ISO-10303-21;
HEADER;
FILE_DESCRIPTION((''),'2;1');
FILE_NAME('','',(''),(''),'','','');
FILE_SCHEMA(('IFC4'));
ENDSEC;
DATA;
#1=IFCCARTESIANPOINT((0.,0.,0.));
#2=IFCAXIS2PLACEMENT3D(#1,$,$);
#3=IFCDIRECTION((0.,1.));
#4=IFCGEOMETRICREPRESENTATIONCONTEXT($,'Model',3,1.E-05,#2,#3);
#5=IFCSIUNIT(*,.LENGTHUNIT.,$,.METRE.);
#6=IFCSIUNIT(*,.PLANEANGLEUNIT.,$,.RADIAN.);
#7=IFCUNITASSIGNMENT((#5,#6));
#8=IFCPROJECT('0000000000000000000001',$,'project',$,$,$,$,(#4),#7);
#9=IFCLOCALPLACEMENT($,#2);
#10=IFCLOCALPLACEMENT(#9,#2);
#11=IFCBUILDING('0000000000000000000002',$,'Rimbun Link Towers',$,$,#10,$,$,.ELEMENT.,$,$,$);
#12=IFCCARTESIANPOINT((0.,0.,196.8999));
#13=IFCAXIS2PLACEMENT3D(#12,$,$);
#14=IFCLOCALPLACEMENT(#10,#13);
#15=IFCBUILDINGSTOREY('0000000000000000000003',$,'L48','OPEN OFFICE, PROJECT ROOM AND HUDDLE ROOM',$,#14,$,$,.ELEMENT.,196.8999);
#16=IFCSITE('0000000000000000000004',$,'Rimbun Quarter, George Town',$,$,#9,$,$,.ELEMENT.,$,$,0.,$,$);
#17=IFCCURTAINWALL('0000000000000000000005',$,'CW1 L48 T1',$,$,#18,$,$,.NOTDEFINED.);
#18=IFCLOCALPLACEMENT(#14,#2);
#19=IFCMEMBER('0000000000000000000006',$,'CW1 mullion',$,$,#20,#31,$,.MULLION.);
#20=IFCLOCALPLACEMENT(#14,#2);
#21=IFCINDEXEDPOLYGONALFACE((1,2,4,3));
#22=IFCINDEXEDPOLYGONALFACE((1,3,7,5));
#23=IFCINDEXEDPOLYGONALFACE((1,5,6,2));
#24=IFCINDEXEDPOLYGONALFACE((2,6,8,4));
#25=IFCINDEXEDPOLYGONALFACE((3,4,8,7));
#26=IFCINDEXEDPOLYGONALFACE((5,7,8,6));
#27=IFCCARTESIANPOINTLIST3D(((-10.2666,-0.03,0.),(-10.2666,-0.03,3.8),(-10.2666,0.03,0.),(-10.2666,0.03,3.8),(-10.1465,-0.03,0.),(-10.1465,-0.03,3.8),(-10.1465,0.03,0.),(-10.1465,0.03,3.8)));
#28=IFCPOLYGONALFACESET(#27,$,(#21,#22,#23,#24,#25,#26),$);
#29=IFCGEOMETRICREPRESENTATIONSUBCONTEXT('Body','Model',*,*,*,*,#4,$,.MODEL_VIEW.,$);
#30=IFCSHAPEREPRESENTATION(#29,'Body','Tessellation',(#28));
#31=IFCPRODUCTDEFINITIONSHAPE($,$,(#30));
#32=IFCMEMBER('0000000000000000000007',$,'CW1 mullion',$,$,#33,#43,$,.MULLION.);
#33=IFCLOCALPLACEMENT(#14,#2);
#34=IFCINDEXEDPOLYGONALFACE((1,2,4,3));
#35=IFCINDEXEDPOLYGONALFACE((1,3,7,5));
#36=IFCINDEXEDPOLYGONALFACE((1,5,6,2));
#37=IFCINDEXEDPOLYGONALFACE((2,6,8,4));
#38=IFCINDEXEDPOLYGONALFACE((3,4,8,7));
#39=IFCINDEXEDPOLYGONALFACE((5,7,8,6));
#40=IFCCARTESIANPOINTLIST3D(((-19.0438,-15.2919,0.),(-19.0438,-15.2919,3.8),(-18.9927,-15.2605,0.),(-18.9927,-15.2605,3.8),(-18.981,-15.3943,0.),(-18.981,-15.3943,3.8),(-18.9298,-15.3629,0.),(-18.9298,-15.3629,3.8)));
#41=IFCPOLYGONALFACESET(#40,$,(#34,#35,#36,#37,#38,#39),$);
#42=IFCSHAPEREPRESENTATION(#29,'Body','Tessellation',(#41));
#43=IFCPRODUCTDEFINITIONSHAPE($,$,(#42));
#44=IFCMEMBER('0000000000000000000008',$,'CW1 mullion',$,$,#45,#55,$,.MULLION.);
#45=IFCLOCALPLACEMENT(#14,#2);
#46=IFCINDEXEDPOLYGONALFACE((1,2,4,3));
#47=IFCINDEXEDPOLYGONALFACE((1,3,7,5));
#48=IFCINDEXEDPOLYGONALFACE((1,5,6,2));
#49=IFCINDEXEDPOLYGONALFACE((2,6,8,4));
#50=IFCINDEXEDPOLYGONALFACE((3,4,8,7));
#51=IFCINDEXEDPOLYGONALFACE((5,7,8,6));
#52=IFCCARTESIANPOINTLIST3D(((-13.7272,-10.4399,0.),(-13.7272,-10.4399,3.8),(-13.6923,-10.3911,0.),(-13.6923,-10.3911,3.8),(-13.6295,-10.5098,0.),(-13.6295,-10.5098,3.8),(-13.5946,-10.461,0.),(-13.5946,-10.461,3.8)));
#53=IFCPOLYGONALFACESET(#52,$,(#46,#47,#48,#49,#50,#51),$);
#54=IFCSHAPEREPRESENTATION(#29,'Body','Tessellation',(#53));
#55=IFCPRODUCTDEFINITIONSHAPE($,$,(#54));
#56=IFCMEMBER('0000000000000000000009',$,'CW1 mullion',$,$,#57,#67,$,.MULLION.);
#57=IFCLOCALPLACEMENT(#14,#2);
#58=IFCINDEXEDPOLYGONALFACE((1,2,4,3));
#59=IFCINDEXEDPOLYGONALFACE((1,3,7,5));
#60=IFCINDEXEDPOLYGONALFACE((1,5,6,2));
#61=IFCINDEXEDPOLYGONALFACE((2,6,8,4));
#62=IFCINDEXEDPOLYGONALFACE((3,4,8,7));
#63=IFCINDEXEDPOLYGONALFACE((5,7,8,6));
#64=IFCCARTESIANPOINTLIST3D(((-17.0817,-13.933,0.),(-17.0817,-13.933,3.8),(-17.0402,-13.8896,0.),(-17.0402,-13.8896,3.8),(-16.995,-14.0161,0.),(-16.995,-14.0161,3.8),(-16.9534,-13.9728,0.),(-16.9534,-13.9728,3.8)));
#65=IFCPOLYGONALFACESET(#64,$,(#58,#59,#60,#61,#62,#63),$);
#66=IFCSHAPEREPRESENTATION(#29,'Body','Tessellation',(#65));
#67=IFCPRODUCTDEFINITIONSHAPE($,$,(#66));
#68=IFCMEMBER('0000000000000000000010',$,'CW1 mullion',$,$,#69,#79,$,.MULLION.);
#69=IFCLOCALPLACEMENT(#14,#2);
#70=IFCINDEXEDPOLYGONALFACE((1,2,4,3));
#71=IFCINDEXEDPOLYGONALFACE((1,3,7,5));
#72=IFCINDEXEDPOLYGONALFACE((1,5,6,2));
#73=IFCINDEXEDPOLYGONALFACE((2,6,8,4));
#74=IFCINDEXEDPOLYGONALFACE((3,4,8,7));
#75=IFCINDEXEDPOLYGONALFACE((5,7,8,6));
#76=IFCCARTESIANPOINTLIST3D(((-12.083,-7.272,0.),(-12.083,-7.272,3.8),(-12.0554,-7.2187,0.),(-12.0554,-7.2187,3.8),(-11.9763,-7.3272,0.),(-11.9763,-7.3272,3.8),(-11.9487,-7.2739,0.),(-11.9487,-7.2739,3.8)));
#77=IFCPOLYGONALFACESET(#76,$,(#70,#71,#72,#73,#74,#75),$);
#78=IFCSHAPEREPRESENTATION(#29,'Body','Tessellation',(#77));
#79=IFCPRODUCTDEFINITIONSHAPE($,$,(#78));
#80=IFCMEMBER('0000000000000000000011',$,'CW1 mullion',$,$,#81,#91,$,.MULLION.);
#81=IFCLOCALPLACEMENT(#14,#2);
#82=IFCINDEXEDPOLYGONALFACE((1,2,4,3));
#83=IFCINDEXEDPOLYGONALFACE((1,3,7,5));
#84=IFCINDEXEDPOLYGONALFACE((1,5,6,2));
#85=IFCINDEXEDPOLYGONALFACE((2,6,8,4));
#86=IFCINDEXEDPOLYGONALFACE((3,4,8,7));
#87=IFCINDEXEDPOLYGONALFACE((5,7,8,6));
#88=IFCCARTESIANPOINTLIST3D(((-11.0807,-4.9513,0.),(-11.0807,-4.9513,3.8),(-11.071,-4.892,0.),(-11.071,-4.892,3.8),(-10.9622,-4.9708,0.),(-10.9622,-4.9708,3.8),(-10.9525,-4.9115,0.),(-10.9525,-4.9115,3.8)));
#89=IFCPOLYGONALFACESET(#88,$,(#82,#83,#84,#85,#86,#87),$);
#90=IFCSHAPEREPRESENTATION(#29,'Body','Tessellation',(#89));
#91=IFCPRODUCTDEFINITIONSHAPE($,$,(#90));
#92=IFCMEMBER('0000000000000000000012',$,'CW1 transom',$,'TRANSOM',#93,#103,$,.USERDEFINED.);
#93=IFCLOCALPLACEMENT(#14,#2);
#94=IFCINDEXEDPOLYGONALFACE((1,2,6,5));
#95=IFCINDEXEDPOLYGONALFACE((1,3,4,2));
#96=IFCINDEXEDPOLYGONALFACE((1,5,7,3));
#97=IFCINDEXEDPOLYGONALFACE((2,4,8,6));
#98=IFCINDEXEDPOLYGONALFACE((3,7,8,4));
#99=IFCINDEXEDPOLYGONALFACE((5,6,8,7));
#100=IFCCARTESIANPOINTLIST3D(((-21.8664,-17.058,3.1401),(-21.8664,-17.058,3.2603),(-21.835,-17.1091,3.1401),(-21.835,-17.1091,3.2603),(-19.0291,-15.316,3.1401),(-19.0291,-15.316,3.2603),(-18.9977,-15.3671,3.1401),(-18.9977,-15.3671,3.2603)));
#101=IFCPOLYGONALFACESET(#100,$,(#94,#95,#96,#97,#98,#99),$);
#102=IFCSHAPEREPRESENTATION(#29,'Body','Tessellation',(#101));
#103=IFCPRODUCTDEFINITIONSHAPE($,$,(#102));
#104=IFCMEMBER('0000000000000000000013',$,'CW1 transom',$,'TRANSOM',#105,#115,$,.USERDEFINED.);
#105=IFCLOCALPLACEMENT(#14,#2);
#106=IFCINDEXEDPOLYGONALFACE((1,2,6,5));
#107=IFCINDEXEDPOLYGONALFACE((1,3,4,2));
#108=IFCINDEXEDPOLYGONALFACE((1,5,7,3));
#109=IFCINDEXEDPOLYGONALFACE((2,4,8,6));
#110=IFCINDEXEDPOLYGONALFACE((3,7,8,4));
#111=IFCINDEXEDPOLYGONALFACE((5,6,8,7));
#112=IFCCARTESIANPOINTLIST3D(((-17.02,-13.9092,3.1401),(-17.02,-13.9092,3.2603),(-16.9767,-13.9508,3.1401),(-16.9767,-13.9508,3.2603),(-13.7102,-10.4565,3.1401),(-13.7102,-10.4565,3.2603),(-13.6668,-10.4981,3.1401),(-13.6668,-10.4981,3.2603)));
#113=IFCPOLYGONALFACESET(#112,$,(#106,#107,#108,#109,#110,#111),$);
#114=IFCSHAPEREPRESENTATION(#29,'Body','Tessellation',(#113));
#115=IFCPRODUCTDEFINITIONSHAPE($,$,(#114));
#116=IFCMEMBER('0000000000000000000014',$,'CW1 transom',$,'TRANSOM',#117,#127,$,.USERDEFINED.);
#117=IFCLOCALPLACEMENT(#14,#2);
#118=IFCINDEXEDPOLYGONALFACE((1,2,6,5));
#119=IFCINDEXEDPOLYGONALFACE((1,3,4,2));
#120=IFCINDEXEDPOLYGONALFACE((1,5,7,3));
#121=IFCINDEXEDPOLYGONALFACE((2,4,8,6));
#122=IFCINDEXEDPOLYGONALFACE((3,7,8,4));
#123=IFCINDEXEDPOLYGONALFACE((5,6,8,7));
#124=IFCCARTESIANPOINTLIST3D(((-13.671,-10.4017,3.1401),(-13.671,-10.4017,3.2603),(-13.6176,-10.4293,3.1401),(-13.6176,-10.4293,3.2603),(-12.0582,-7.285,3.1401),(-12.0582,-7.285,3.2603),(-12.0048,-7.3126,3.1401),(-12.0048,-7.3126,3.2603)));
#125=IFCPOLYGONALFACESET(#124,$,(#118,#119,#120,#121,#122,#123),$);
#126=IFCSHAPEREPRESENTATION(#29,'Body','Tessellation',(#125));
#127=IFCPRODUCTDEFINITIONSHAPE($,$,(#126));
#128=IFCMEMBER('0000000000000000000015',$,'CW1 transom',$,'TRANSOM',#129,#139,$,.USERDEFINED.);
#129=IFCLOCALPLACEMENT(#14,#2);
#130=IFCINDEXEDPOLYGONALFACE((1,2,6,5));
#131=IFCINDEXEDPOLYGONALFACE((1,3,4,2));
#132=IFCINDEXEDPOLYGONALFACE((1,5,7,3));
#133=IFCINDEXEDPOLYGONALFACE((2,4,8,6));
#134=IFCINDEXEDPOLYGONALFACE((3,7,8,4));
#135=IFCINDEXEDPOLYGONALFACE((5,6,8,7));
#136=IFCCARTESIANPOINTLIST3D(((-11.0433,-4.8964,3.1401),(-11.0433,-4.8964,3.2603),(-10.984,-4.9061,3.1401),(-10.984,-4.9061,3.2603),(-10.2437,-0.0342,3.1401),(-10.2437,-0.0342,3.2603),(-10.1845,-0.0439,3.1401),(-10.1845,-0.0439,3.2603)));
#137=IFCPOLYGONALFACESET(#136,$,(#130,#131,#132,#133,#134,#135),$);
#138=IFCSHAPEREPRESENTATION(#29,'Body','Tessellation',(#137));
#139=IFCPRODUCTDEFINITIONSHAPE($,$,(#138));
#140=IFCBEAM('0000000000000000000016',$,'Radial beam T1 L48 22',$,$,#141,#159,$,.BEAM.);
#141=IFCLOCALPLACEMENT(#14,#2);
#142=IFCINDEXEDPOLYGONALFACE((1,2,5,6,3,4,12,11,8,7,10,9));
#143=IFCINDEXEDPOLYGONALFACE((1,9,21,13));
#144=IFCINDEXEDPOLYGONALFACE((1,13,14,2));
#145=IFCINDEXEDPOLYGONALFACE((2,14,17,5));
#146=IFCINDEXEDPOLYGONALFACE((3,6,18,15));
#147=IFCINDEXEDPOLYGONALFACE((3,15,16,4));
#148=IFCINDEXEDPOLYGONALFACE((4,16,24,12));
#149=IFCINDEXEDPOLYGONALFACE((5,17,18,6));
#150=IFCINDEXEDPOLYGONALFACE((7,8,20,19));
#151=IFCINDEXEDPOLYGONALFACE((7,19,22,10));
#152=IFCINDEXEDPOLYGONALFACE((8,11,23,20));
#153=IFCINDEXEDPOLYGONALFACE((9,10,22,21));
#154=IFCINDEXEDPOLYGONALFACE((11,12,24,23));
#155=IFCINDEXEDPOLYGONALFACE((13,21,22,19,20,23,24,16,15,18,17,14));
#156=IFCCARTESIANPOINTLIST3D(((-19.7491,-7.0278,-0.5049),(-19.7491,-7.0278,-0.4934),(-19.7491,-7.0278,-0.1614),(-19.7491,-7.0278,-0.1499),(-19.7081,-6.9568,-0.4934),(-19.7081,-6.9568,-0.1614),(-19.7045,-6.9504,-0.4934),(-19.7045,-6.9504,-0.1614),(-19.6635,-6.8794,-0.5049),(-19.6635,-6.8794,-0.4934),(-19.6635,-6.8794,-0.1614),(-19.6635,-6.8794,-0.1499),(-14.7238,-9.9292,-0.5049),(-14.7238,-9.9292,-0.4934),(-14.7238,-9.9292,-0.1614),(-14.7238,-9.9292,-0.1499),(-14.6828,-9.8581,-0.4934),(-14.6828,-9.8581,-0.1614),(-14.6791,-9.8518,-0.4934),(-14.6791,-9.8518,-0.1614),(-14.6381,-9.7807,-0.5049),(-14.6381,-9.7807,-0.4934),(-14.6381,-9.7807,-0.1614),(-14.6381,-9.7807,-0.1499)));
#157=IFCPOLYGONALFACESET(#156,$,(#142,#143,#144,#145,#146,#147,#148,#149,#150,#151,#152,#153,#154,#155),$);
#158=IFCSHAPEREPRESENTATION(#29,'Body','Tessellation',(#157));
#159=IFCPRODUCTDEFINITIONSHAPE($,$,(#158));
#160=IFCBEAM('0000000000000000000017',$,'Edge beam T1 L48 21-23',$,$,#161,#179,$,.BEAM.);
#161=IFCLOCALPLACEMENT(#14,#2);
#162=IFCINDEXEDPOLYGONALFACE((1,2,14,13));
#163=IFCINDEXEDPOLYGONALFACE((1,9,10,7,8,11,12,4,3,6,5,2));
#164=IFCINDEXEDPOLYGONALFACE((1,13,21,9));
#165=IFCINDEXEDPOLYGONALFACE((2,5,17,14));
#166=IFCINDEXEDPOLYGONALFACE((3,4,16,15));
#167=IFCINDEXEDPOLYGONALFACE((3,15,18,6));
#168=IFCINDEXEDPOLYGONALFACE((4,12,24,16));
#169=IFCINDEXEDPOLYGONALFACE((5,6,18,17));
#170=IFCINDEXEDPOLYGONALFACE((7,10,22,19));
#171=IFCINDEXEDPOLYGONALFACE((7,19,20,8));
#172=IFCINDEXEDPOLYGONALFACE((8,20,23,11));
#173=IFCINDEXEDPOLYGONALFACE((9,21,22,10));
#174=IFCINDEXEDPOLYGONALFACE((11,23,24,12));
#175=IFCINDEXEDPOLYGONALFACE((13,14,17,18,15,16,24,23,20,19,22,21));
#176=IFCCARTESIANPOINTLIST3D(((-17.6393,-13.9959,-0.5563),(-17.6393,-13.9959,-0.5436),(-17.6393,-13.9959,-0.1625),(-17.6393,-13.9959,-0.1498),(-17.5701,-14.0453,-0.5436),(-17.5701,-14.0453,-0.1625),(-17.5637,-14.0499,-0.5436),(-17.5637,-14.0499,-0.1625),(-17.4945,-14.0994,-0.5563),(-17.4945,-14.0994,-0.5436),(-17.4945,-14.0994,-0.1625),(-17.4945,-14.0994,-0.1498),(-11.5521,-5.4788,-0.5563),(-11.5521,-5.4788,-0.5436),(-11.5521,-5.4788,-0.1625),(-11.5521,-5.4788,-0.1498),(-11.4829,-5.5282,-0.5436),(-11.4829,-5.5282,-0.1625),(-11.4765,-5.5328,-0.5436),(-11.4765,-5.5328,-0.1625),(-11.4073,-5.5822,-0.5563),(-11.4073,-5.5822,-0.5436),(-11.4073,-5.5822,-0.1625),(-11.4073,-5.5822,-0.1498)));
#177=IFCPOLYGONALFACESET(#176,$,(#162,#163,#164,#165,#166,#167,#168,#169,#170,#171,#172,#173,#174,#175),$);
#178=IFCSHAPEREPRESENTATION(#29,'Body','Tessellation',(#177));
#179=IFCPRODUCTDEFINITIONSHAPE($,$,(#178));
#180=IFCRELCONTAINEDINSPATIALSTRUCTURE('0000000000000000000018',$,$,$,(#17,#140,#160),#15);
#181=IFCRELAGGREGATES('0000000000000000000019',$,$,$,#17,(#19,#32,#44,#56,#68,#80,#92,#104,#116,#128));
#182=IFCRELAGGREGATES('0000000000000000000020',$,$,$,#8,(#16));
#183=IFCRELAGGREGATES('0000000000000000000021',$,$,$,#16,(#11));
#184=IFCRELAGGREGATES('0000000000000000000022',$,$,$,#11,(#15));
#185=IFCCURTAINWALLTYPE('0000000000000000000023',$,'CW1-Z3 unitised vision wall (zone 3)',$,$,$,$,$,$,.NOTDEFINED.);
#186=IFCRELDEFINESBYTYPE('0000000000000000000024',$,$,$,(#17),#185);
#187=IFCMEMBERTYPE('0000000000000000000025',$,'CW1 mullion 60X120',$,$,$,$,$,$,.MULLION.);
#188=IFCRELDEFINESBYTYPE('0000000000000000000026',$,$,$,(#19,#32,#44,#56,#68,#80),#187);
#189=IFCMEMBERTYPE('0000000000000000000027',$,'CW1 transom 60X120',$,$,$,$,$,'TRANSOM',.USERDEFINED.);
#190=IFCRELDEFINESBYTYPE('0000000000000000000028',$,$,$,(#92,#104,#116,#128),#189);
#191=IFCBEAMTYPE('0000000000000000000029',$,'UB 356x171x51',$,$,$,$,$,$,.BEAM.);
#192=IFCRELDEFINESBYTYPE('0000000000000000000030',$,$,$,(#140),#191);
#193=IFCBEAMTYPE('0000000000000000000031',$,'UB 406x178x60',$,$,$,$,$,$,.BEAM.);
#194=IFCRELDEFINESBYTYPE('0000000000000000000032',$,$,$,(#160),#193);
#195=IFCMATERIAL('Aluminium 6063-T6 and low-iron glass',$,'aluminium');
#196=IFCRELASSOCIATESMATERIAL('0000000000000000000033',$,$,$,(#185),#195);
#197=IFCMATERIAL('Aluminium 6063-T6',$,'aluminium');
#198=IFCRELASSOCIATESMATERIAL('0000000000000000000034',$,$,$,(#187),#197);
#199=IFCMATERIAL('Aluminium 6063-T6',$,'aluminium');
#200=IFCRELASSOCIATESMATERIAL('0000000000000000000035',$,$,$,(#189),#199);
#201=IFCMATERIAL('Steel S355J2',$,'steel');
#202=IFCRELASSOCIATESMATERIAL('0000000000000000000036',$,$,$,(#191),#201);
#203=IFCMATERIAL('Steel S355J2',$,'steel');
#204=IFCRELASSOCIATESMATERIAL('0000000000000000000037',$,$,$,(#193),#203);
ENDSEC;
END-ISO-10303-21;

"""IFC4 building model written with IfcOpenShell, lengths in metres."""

from ifc_helpers import new_model, si_unit, direction, frame, origin, origin_2d, place, context, subcontext, project, spatial, rectangle, i_section, extrude, material, material_profile, profile_set, type_object, element, aggregate, save


model = new_model("IFC4")

# Units and contexts
model_context = context("Model", 3, precision=1e-05, world=origin(), true_north=direction((0.0, 1.0)))
body_context = subcontext(model_context, "Body", "Model", "MODEL_VIEW")
ifc_project = project(units=[si_unit("LENGTHUNIT", "METRE"), si_unit("PLANEANGLEUNIT", "RADIAN")], contexts=[model_context])

# Site, building, storey
site_placement = place(None, origin())
site = spatial("IfcSite", under=ifc_project, at=site_placement, Name="Rimbun Quarter, George Town", CompositionType="ELEMENT", RefElevation=0.0)
building_placement = place(site_placement, origin())
building = spatial("IfcBuilding", under=site, at=building_placement, Name="Rimbun Link Towers", CompositionType="ELEMENT")
storey_placement = place(building_placement, frame((0.0, 0.0, 196.8999)))
storey = spatial("IfcBuildingStorey", under=building, at=storey_placement, Name="L48", Description="OPEN OFFICE, PROJECT ROOM AND HUDDLE ROOM", CompositionType="ELEMENT", Elevation=196.8999)

# Curtain wall, members
ifc_material_1 = material(Name="Aluminium 6063-T6 and low-iron glass", Category="aluminium")
curtain_wall_type = type_object("IfcCurtainWallType", Name="CW1-Z3 unitised vision wall (zone 3)", PredefinedType="NOTDEFINED", material=ifc_material_1)
curtain_wall_placement = place(storey_placement, origin())
curtain_wall = element("IfcCurtainWall", 1, at=curtain_wall_placement, inside=storey, type_object=curtain_wall_type, Name="CW1 L48 T1", PredefinedType="NOTDEFINED")
ifc_material_2 = material(Name="Aluminium 6063-T6", Category="aluminium")
ifc_material_profile_1 = material_profile(ifc_material_2, rectangle(XDim=0.1201, YDim=0.0601, at=origin_2d()), Name="MULLION 60X120")
ifc_profile_set_1 = profile_set([ifc_material_profile_1], Name="Aluminium 6063-T6")
member_type_1 = type_object("IfcMemberType", Name="CW1 mullion 60X120", PredefinedType="MULLION", material=ifc_profile_set_1)
member_1_placement = place(storey_placement, frame((-10.2065, 0.0, 0.0), z_axis=(0.0, 0.0, 1.0), x_axis=(1.0, 0.0, 0.0)))
member_1 = element("IfcMember", 2, at=member_1_placement, type_object=member_type_1, Name="CW1 mullion", PredefinedType="MULLION", context=body_context, shape_type="SweptSolid", body=[
    extrude(rectangle(XDim=0.1201, YDim=0.0601, at=origin_2d()), origin(), (0.0, 0.0, 1.0), 3.8),
])
member_2_placement = place(storey_placement, frame((-18.9868, -15.3274, 0.0), z_axis=(0.0, 0.0, 1.0), x_axis=(0.523229, -0.852192, 0.0)))
member_2 = element("IfcMember", 3, at=member_2_placement, type_object=member_type_1, Name="CW1 mullion", PredefinedType="MULLION", context=body_context, shape_type="SweptSolid", body=[
    extrude(rectangle(XDim=0.1201, YDim=0.0601, at=origin_2d()), origin(), (0.0, 0.0, 1.0), 3.8),
])
member_3_placement = place(storey_placement, frame((-13.6609, -10.4504, 0.0), z_axis=(0.0, 0.0, 1.0), x_axis=(0.813351, -0.581774, 0.0)))
member_3 = element("IfcMember", 4, at=member_3_placement, type_object=member_type_1, Name="CW1 mullion", PredefinedType="MULLION", context=body_context, shape_type="SweptSolid", body=[
    extrude(rectangle(XDim=0.1201, YDim=0.0601, at=origin_2d()), origin(), (0.0, 0.0, 1.0), 3.8),
])
member_4_placement = place(storey_placement, frame((-17.0176, -13.9529, 0.0), z_axis=(0.0, 0.0, 1.0), x_axis=(0.721859, -0.692041, 0.0)))
member_4 = element("IfcMember", 5, at=member_4_placement, type_object=member_type_1, Name="CW1 mullion", PredefinedType="MULLION", context=body_context, shape_type="SweptSolid", body=[
    extrude(rectangle(XDim=0.1201, YDim=0.0601, at=origin_2d()), origin(), (0.0, 0.0, 1.0), 3.8),
])
member_5_placement = place(storey_placement, frame((-12.0159, -7.2729, 0.0), z_axis=(0.0, 0.0, 1.0), x_axis=(0.888145, -0.459563, 0.0)))
member_5 = element("IfcMember", 6, at=member_5_placement, type_object=member_type_1, Name="CW1 mullion", PredefinedType="MULLION", context=body_context, shape_type="SweptSolid", body=[
    extrude(rectangle(XDim=0.1201, YDim=0.0601, at=origin_2d()), origin(), (0.0, 0.0, 1.0), 3.8),
])
member_6_placement = place(storey_placement, frame((-11.0166, -4.9314, 0.0), z_axis=(0.0, 0.0, 1.0), x_axis=(0.98675, -0.162251, 0.0)))
member_6 = element("IfcMember", 7, at=member_6_placement, type_object=member_type_1, Name="CW1 mullion", PredefinedType="MULLION", context=body_context, shape_type="SweptSolid", body=[
    extrude(rectangle(XDim=0.1201, YDim=0.0601, at=origin_2d()), origin(), (0.0, 0.0, 1.0), 3.8),
])
ifc_material_3 = material(Name="Aluminium 6063-T6", Category="aluminium")
ifc_material_profile_2 = material_profile(ifc_material_3, rectangle(XDim=0.0601, YDim=0.1201, at=origin_2d()), Name="TRANSOM 60X120")
ifc_profile_set_2 = profile_set([ifc_material_profile_2], Name="Aluminium 6063-T6")
member_type_2 = type_object("IfcMemberType", Name="CW1 transom 60X120", ElementType="TRANSOM", PredefinedType="USERDEFINED", material=ifc_profile_set_2)
member_7_placement = place(storey_placement, frame((-19.0134, -15.3416, 3.2002), z_axis=(-0.852194, -0.523226, 0.0), x_axis=(0.523226, -0.852194, 0.0)))
member_7 = element("IfcMember", 8, at=member_7_placement, type_object=member_type_2, Name="CW1 transom", ObjectType="TRANSOM", PredefinedType="USERDEFINED", context=body_context, shape_type="SweptSolid", body=[
    extrude(rectangle(XDim=0.0601, YDim=0.1201, at=origin_2d()), origin(), (0.0, 0.0, 1.0), 3.3293),
])
member_8_placement = place(storey_placement, frame((-13.6885, -10.4773, 3.2002), z_axis=(-0.692018, -0.72188, 0.0), x_axis=(0.72188, -0.692018, 0.0)))
member_8 = element("IfcMember", 9, at=member_8_placement, type_object=member_type_2, Name="CW1 transom", ObjectType="TRANSOM", PredefinedType="USERDEFINED", context=body_context, shape_type="SweptSolid", body=[
    extrude(rectangle(XDim=0.0601, YDim=0.1201, at=origin_2d()), origin(), (0.0, 0.0, 1.0), 4.783),
])
member_9_placement = place(storey_placement, frame((-12.0315, -7.2988, 3.2002), z_axis=(-0.459582, -0.888135, 0.0), x_axis=(0.888135, -0.459582, 0.0)))
member_9 = element("IfcMember", 10, at=member_9_placement, type_object=member_type_2, Name="CW1 transom", ObjectType="TRANSOM", PredefinedType="USERDEFINED", context=body_context, shape_type="SweptSolid", body=[
    extrude(rectangle(XDim=0.0601, YDim=0.1201, at=origin_2d()), origin(), (0.0, 0.0, 1.0), 3.5093),
])
member_10_placement = place(storey_placement, frame((-10.2141, -0.0391, 3.2002), z_axis=(-0.162261, -0.986748, 0.0), x_axis=(0.986748, -0.162261, 0.0)))
member_10 = element("IfcMember", 11, at=member_10_placement, type_object=member_type_2, Name="CW1 transom", ObjectType="TRANSOM", PredefinedType="USERDEFINED", context=body_context, shape_type="SweptSolid", body=[
    extrude(rectangle(XDim=0.0601, YDim=0.1201, at=origin_2d()), origin(), (0.0, 0.0, 1.0), 4.9275),
])

# Beams
ifc_material_4 = material(Name="Steel S355J2", Category="steel")
ifc_material_profile_3 = material_profile(ifc_material_4, i_section(OverallWidth=0.1714, OverallDepth=0.355, WebThickness=0.0073, FlangeThickness=0.0115, at=origin_2d()), Name="UB 356x171x51")
ifc_profile_set_3 = profile_set([ifc_material_profile_3], Name="Steel S355J2")
beam_type_1 = type_object("IfcBeamType", Name="UB 356x171x51", PredefinedType="BEAM", material=ifc_profile_set_3)
beam_1_placement = place(storey_placement, frame((-19.7063, -6.9536, -0.3274), z_axis=(0.866029, -0.499994, 0.0), x_axis=(0.499994, 0.866029, 0.0)))
element("IfcBeam", 12, at=beam_1_placement, inside=storey, type_object=beam_type_1, Name="Radial beam T1 L48 22", PredefinedType="BEAM", context=body_context, shape_type="SweptSolid", body=[
    extrude(i_section(OverallWidth=0.1714, OverallDepth=0.355, WebThickness=0.0073, FlangeThickness=0.0115, at=origin_2d()), origin(), (0.0, 0.0, 1.0), 5.8027),
])
ifc_material_5 = material(Name="Steel S355J2", Category="steel")
ifc_material_profile_4 = material_profile(ifc_material_5, i_section(OverallWidth=0.178, OverallDepth=0.4065, WebThickness=0.0078, FlangeThickness=0.0127, at=origin_2d()), Name="UB 406x178x60")
ifc_profile_set_4 = profile_set([ifc_material_profile_4], Name="Steel S355J2")
beam_type_2 = type_object("IfcBeamType", Name="UB 406x178x60", PredefinedType="BEAM", material=ifc_profile_set_4)
beam_2_placement = place(storey_placement, frame((-17.5669, -14.0476, -0.353), z_axis=(0.581461, 0.813574, 0.0), x_axis=(-0.813574, 0.581461, 0.0)))
element("IfcBeam", 13, at=beam_2_placement, inside=storey, type_object=beam_type_2, Name="Edge beam T1 L48 21-23", PredefinedType="BEAM", context=body_context, shape_type="SweptSolid", body=[
    extrude(i_section(OverallWidth=0.178, OverallDepth=0.4065, WebThickness=0.0078, FlangeThickness=0.0127, at=origin_2d()), origin(), (0.0, 0.0, 1.0), 10.4688),
])

aggregate(curtain_wall, [member_1, member_2, member_3, member_4, member_5, member_6, member_7, member_8, member_9, member_10])

save(model, "model.ifc")
